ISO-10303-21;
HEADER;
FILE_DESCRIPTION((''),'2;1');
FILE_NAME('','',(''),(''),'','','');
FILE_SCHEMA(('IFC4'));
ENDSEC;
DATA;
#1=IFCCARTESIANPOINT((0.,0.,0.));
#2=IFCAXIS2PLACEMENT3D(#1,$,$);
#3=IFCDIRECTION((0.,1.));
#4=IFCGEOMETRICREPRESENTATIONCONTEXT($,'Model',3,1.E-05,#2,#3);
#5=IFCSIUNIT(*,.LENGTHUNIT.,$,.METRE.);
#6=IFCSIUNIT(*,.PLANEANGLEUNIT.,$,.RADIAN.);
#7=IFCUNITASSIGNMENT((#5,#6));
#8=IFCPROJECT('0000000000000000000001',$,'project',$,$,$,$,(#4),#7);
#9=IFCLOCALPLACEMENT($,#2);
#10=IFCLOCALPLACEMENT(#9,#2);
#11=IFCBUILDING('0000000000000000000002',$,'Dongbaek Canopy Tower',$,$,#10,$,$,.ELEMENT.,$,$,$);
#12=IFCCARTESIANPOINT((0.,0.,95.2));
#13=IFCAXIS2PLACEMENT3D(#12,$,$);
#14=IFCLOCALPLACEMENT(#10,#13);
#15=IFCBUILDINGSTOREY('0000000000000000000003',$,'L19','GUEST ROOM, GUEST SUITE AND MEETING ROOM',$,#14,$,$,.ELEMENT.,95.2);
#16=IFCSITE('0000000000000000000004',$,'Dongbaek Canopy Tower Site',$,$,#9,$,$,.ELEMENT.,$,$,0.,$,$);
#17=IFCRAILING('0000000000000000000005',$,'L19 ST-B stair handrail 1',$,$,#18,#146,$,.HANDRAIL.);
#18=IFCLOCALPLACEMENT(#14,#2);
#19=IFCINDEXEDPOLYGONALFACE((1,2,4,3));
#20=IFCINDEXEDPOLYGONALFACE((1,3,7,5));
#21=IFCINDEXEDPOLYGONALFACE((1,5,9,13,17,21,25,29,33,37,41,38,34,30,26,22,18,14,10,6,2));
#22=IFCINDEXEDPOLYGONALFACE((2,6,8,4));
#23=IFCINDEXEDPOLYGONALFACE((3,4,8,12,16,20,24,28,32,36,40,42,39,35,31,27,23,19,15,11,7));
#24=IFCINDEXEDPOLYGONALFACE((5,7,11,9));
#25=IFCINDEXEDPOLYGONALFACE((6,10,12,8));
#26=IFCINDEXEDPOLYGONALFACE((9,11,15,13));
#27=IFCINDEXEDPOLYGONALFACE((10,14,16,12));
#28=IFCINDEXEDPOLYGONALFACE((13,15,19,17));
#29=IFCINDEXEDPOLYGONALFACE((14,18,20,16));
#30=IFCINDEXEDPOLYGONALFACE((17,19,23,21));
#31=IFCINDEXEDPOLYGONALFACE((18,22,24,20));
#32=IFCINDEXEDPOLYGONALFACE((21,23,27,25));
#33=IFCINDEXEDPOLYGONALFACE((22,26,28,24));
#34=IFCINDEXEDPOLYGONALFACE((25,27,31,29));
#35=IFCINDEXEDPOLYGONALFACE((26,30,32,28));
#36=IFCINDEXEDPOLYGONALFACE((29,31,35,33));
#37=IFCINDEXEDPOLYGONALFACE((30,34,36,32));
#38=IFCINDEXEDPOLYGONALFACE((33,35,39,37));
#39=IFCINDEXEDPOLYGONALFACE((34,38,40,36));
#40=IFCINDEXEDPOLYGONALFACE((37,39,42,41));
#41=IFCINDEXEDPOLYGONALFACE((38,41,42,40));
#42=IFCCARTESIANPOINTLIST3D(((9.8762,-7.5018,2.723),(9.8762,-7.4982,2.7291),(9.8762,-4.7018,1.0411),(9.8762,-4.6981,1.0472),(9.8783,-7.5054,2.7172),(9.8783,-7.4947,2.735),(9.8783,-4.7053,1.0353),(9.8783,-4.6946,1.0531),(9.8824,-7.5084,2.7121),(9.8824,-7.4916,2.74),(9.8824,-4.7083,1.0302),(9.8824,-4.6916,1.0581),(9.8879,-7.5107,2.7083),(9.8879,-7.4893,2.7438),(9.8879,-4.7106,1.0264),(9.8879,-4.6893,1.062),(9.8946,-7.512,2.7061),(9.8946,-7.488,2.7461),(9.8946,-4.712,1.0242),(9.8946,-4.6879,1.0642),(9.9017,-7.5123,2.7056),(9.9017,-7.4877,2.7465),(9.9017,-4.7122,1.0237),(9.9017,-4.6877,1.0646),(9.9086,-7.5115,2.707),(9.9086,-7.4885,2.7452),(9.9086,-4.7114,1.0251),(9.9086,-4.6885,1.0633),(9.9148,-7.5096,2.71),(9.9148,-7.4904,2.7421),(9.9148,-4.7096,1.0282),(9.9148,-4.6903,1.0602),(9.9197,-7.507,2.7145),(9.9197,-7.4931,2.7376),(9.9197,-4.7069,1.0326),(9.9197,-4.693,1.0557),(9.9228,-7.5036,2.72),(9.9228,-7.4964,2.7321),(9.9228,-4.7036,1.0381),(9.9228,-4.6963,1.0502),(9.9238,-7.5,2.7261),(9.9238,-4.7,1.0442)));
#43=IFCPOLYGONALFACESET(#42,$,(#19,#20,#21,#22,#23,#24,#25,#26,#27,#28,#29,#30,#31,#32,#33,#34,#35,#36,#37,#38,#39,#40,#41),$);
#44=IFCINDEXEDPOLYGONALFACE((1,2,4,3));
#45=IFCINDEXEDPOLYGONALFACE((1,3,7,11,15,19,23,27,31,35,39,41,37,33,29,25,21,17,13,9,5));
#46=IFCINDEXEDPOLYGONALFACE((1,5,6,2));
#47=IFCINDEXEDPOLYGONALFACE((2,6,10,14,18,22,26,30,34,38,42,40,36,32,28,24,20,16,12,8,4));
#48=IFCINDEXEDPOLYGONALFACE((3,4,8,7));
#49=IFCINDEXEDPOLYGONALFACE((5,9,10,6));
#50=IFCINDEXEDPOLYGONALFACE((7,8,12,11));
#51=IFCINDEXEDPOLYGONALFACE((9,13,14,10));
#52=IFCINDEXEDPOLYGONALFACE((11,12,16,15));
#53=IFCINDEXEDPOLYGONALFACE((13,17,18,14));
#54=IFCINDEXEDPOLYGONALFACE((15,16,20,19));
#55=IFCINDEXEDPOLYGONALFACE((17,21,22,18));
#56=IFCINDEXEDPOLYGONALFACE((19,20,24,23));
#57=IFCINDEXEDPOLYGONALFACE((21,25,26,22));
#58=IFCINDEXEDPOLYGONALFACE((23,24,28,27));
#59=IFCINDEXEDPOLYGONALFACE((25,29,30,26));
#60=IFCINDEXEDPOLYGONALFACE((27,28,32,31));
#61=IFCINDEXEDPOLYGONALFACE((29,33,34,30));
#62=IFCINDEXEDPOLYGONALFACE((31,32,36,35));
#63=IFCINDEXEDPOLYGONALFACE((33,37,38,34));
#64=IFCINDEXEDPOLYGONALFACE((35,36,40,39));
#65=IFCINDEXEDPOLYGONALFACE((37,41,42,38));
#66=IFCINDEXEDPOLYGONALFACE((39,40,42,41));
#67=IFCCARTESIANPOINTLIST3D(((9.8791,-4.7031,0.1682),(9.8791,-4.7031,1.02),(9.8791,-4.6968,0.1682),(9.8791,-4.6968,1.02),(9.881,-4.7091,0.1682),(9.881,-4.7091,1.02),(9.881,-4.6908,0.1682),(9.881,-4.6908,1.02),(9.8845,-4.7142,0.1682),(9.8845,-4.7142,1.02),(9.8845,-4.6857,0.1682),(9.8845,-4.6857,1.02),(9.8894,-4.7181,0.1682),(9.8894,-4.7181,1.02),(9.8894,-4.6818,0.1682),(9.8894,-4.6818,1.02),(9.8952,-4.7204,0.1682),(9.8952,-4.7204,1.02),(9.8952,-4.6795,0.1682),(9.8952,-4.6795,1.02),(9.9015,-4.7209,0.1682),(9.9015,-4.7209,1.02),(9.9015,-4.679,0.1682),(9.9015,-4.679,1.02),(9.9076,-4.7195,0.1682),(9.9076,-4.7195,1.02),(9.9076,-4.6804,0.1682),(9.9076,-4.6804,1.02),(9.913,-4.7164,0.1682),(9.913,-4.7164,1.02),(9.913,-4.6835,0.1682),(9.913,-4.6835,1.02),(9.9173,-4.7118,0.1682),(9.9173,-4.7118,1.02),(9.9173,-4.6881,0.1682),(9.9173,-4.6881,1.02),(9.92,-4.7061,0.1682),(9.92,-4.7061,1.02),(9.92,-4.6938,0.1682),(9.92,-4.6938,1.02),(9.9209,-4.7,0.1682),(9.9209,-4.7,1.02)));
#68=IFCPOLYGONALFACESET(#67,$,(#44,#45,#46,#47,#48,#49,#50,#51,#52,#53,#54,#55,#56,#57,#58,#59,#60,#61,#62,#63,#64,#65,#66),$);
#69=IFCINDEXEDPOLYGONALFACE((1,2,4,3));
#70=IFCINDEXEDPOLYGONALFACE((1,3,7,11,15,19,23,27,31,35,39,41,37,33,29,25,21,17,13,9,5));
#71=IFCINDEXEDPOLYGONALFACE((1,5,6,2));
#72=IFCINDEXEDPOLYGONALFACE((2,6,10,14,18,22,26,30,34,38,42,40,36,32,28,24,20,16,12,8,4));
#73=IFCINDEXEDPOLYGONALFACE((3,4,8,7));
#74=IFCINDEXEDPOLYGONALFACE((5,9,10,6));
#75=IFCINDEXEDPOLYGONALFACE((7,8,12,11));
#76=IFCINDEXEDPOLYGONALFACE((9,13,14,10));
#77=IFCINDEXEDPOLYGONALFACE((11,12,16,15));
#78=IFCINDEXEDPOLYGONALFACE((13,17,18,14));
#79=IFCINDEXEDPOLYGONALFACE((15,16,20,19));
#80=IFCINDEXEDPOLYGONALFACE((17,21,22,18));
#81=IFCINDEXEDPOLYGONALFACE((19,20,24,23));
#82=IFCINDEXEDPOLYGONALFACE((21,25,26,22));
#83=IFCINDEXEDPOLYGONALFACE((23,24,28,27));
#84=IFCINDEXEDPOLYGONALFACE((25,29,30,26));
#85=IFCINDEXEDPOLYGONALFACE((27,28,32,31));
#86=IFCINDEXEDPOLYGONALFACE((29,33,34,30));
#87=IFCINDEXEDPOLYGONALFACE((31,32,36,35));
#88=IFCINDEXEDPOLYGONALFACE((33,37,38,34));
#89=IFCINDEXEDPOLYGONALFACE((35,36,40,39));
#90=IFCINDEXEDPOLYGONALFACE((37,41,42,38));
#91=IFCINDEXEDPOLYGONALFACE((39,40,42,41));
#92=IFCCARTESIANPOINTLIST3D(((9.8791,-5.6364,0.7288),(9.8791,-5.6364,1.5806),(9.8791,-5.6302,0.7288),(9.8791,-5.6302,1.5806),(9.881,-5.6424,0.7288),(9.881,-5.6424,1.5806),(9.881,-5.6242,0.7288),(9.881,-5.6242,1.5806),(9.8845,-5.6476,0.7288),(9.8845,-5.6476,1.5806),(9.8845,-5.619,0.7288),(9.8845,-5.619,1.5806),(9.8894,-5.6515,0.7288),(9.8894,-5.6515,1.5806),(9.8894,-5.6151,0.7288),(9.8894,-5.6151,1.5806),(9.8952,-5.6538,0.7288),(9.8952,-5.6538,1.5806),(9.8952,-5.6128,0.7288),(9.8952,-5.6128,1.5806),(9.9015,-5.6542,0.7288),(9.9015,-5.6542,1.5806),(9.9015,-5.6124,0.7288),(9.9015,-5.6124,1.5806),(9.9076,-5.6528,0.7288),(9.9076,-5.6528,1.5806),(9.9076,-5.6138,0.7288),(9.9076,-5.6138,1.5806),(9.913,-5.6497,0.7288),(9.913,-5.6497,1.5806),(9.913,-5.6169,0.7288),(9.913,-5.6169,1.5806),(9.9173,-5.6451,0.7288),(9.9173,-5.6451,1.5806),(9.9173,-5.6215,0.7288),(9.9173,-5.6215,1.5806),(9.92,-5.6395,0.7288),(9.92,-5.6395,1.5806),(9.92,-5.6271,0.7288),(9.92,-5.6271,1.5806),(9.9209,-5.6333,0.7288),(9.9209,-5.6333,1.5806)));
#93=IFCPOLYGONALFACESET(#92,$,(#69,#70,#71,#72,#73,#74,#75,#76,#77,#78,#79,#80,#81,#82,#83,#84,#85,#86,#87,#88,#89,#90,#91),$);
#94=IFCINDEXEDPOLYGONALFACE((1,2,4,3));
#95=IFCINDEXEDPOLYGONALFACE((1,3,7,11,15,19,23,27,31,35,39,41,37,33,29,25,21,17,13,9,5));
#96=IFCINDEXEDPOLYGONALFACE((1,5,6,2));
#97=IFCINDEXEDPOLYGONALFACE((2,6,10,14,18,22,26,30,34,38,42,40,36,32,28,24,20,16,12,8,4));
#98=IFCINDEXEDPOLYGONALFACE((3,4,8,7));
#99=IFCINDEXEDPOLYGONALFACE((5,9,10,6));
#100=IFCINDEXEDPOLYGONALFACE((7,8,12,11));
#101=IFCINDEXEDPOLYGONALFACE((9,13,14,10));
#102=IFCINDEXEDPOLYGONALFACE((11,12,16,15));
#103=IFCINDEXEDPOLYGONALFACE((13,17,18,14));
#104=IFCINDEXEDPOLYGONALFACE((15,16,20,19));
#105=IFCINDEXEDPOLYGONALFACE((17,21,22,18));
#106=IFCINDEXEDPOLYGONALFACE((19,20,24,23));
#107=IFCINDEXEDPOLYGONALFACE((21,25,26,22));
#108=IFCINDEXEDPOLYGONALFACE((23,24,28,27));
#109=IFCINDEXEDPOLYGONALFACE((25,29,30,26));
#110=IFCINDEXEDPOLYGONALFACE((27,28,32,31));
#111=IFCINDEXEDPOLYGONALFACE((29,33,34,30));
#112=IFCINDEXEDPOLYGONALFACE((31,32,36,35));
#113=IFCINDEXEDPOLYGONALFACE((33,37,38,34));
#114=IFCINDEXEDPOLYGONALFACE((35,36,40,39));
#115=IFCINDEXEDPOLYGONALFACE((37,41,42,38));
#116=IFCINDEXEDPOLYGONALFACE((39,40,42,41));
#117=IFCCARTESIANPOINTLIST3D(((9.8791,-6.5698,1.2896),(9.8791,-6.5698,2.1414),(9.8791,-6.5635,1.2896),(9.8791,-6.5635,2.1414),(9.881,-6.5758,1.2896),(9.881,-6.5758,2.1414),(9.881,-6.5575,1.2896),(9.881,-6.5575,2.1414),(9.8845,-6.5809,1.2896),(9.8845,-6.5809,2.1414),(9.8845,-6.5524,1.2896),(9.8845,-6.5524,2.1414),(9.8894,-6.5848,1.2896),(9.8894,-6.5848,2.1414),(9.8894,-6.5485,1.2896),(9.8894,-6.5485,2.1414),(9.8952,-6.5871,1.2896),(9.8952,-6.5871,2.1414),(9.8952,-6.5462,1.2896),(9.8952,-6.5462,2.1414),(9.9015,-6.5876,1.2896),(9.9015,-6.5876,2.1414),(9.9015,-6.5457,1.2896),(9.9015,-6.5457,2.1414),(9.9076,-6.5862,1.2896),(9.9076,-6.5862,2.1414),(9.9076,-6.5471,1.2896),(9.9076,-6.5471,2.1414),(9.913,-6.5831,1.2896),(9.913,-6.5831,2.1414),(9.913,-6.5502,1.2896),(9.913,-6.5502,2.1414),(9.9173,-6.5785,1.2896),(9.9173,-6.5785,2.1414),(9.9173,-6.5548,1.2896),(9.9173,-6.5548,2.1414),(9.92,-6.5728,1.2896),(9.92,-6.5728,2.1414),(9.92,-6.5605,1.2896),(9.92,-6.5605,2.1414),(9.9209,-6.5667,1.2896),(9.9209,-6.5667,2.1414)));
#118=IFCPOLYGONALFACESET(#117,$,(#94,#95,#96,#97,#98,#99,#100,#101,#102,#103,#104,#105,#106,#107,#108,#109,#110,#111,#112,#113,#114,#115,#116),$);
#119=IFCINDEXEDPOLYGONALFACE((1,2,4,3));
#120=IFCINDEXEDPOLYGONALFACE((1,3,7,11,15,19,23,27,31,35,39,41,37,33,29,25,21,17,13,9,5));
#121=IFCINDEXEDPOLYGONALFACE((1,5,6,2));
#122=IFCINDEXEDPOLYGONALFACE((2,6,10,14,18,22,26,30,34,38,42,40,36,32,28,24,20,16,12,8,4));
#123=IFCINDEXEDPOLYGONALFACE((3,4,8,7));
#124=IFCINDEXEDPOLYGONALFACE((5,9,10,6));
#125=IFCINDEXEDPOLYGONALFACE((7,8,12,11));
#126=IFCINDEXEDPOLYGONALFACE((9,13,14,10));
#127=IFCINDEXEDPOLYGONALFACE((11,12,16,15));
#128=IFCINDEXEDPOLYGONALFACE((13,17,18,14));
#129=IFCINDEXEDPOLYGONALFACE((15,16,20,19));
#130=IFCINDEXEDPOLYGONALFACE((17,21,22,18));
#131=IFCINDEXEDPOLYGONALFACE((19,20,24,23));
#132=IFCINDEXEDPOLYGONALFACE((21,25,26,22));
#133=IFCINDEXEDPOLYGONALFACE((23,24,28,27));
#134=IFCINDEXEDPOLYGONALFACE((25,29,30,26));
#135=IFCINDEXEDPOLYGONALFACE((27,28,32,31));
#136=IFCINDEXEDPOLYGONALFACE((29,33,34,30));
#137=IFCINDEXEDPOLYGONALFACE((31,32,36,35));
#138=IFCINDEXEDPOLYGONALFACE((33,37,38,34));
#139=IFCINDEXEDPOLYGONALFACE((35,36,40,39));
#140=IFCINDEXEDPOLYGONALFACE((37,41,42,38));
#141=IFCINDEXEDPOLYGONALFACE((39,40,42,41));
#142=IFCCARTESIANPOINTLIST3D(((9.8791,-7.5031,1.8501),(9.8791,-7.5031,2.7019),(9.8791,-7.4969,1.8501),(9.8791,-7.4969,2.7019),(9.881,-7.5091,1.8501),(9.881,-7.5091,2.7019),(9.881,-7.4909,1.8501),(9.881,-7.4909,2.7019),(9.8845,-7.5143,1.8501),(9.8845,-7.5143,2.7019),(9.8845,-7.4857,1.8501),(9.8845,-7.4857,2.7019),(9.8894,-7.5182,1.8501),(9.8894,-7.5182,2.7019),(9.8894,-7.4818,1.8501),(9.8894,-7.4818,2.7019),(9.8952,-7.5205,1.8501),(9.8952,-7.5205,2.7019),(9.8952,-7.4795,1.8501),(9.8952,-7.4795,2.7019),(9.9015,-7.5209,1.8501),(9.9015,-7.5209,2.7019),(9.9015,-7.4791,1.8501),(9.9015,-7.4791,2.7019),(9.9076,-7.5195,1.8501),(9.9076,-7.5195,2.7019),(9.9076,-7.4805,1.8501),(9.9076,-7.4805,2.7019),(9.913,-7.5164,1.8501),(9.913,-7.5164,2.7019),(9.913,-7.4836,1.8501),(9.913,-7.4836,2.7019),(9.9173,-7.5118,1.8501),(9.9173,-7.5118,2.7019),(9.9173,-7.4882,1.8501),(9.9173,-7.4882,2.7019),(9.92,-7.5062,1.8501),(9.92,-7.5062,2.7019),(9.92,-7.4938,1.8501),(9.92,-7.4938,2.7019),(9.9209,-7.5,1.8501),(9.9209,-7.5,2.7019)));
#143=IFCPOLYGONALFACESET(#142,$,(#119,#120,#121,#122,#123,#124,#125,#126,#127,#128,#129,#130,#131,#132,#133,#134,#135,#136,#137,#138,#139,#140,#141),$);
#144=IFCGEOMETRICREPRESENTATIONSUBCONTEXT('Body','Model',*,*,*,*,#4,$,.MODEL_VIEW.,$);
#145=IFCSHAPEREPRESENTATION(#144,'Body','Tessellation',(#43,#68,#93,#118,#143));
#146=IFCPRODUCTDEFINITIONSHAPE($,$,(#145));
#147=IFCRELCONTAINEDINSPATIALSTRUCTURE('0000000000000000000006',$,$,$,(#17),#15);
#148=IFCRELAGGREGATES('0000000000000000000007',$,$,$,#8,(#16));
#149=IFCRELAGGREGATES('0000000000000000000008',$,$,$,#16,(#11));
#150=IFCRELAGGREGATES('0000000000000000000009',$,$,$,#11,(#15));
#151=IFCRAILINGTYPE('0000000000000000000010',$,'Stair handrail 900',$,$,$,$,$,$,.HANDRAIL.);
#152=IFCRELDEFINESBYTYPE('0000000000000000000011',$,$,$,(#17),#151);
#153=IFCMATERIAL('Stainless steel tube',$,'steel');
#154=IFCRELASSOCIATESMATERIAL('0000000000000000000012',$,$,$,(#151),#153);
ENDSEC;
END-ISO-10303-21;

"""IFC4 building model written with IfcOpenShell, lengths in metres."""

from ifc_helpers import new_model, si_unit, direction, frame, origin, origin_2d, place, context, subcontext, project, spatial, circle, extrude, material, type_object, element, save


model = new_model("IFC4")

# Units and contexts
model_context = context("Model", 3, precision=1e-05, world=origin(), true_north=direction((0.0, 1.0)))
body_context = subcontext(model_context, "Body", "Model", "MODEL_VIEW")
ifc_project = project(units=[si_unit("LENGTHUNIT", "METRE"), si_unit("PLANEANGLEUNIT", "RADIAN")], contexts=[model_context])

# Site, building, storey
site_placement = place(None, origin())
site = spatial("IfcSite", under=ifc_project, at=site_placement, Name="Dongbaek Canopy Tower Site", CompositionType="ELEMENT", RefElevation=0.0)
building_placement = place(site_placement, origin())
building = spatial("IfcBuilding", under=site, at=building_placement, Name="Dongbaek Canopy Tower", CompositionType="ELEMENT")
storey_placement = place(building_placement, frame((0.0, 0.0, 95.2)))
storey = spatial("IfcBuildingStorey", under=building, at=storey_placement, Name="L19", Description="GUEST ROOM, GUEST SUITE AND MEETING ROOM", CompositionType="ELEMENT", Elevation=95.2)

# Railing
ifc_material_1 = material(Name="Stainless steel tube", Category="steel")
railing_type_1 = type_object("IfcRailingType", Name="Stair handrail 900", PredefinedType="HANDRAIL", material=ifc_material_1)
railing_1_placement = place(storey_placement, frame((9.8999, -4.7, 0.1682)))
element("IfcRailing", 1, at=railing_1_placement, inside=storey, type_object=railing_type_1, Name="L19 ST-B stair handrail 1", PredefinedType="HANDRAIL", context=body_context, shape_type="SweptSolid", body=[
    extrude(circle(Radius=0.0239, at=origin_2d()), frame((0.0, 0.0, 0.876), z_axis=(0.0, -0.857242, 0.514913), x_axis=(1.0, 0.0, 0.0)), (0.0, 0.0, 1.0), 3.2664),
    extrude(circle(Radius=0.021, at=origin_2d()), origin(), (0.0, 0.0, 1.0), 0.8518),
    extrude(circle(Radius=0.021, at=origin_2d()), frame((0.0, -0.9333, 0.5605)), (0.0, 0.0, 1.0), 0.8518),
    extrude(circle(Radius=0.021, at=origin_2d()), frame((0.0, -1.8667, 1.1213)), (0.0, 0.0, 1.0), 0.8518),
    extrude(circle(Radius=0.021, at=origin_2d()), frame((0.0, -2.8, 1.6819)), (0.0, 0.0, 1.0), 0.8518),
])

save(model, "model.ifc")
